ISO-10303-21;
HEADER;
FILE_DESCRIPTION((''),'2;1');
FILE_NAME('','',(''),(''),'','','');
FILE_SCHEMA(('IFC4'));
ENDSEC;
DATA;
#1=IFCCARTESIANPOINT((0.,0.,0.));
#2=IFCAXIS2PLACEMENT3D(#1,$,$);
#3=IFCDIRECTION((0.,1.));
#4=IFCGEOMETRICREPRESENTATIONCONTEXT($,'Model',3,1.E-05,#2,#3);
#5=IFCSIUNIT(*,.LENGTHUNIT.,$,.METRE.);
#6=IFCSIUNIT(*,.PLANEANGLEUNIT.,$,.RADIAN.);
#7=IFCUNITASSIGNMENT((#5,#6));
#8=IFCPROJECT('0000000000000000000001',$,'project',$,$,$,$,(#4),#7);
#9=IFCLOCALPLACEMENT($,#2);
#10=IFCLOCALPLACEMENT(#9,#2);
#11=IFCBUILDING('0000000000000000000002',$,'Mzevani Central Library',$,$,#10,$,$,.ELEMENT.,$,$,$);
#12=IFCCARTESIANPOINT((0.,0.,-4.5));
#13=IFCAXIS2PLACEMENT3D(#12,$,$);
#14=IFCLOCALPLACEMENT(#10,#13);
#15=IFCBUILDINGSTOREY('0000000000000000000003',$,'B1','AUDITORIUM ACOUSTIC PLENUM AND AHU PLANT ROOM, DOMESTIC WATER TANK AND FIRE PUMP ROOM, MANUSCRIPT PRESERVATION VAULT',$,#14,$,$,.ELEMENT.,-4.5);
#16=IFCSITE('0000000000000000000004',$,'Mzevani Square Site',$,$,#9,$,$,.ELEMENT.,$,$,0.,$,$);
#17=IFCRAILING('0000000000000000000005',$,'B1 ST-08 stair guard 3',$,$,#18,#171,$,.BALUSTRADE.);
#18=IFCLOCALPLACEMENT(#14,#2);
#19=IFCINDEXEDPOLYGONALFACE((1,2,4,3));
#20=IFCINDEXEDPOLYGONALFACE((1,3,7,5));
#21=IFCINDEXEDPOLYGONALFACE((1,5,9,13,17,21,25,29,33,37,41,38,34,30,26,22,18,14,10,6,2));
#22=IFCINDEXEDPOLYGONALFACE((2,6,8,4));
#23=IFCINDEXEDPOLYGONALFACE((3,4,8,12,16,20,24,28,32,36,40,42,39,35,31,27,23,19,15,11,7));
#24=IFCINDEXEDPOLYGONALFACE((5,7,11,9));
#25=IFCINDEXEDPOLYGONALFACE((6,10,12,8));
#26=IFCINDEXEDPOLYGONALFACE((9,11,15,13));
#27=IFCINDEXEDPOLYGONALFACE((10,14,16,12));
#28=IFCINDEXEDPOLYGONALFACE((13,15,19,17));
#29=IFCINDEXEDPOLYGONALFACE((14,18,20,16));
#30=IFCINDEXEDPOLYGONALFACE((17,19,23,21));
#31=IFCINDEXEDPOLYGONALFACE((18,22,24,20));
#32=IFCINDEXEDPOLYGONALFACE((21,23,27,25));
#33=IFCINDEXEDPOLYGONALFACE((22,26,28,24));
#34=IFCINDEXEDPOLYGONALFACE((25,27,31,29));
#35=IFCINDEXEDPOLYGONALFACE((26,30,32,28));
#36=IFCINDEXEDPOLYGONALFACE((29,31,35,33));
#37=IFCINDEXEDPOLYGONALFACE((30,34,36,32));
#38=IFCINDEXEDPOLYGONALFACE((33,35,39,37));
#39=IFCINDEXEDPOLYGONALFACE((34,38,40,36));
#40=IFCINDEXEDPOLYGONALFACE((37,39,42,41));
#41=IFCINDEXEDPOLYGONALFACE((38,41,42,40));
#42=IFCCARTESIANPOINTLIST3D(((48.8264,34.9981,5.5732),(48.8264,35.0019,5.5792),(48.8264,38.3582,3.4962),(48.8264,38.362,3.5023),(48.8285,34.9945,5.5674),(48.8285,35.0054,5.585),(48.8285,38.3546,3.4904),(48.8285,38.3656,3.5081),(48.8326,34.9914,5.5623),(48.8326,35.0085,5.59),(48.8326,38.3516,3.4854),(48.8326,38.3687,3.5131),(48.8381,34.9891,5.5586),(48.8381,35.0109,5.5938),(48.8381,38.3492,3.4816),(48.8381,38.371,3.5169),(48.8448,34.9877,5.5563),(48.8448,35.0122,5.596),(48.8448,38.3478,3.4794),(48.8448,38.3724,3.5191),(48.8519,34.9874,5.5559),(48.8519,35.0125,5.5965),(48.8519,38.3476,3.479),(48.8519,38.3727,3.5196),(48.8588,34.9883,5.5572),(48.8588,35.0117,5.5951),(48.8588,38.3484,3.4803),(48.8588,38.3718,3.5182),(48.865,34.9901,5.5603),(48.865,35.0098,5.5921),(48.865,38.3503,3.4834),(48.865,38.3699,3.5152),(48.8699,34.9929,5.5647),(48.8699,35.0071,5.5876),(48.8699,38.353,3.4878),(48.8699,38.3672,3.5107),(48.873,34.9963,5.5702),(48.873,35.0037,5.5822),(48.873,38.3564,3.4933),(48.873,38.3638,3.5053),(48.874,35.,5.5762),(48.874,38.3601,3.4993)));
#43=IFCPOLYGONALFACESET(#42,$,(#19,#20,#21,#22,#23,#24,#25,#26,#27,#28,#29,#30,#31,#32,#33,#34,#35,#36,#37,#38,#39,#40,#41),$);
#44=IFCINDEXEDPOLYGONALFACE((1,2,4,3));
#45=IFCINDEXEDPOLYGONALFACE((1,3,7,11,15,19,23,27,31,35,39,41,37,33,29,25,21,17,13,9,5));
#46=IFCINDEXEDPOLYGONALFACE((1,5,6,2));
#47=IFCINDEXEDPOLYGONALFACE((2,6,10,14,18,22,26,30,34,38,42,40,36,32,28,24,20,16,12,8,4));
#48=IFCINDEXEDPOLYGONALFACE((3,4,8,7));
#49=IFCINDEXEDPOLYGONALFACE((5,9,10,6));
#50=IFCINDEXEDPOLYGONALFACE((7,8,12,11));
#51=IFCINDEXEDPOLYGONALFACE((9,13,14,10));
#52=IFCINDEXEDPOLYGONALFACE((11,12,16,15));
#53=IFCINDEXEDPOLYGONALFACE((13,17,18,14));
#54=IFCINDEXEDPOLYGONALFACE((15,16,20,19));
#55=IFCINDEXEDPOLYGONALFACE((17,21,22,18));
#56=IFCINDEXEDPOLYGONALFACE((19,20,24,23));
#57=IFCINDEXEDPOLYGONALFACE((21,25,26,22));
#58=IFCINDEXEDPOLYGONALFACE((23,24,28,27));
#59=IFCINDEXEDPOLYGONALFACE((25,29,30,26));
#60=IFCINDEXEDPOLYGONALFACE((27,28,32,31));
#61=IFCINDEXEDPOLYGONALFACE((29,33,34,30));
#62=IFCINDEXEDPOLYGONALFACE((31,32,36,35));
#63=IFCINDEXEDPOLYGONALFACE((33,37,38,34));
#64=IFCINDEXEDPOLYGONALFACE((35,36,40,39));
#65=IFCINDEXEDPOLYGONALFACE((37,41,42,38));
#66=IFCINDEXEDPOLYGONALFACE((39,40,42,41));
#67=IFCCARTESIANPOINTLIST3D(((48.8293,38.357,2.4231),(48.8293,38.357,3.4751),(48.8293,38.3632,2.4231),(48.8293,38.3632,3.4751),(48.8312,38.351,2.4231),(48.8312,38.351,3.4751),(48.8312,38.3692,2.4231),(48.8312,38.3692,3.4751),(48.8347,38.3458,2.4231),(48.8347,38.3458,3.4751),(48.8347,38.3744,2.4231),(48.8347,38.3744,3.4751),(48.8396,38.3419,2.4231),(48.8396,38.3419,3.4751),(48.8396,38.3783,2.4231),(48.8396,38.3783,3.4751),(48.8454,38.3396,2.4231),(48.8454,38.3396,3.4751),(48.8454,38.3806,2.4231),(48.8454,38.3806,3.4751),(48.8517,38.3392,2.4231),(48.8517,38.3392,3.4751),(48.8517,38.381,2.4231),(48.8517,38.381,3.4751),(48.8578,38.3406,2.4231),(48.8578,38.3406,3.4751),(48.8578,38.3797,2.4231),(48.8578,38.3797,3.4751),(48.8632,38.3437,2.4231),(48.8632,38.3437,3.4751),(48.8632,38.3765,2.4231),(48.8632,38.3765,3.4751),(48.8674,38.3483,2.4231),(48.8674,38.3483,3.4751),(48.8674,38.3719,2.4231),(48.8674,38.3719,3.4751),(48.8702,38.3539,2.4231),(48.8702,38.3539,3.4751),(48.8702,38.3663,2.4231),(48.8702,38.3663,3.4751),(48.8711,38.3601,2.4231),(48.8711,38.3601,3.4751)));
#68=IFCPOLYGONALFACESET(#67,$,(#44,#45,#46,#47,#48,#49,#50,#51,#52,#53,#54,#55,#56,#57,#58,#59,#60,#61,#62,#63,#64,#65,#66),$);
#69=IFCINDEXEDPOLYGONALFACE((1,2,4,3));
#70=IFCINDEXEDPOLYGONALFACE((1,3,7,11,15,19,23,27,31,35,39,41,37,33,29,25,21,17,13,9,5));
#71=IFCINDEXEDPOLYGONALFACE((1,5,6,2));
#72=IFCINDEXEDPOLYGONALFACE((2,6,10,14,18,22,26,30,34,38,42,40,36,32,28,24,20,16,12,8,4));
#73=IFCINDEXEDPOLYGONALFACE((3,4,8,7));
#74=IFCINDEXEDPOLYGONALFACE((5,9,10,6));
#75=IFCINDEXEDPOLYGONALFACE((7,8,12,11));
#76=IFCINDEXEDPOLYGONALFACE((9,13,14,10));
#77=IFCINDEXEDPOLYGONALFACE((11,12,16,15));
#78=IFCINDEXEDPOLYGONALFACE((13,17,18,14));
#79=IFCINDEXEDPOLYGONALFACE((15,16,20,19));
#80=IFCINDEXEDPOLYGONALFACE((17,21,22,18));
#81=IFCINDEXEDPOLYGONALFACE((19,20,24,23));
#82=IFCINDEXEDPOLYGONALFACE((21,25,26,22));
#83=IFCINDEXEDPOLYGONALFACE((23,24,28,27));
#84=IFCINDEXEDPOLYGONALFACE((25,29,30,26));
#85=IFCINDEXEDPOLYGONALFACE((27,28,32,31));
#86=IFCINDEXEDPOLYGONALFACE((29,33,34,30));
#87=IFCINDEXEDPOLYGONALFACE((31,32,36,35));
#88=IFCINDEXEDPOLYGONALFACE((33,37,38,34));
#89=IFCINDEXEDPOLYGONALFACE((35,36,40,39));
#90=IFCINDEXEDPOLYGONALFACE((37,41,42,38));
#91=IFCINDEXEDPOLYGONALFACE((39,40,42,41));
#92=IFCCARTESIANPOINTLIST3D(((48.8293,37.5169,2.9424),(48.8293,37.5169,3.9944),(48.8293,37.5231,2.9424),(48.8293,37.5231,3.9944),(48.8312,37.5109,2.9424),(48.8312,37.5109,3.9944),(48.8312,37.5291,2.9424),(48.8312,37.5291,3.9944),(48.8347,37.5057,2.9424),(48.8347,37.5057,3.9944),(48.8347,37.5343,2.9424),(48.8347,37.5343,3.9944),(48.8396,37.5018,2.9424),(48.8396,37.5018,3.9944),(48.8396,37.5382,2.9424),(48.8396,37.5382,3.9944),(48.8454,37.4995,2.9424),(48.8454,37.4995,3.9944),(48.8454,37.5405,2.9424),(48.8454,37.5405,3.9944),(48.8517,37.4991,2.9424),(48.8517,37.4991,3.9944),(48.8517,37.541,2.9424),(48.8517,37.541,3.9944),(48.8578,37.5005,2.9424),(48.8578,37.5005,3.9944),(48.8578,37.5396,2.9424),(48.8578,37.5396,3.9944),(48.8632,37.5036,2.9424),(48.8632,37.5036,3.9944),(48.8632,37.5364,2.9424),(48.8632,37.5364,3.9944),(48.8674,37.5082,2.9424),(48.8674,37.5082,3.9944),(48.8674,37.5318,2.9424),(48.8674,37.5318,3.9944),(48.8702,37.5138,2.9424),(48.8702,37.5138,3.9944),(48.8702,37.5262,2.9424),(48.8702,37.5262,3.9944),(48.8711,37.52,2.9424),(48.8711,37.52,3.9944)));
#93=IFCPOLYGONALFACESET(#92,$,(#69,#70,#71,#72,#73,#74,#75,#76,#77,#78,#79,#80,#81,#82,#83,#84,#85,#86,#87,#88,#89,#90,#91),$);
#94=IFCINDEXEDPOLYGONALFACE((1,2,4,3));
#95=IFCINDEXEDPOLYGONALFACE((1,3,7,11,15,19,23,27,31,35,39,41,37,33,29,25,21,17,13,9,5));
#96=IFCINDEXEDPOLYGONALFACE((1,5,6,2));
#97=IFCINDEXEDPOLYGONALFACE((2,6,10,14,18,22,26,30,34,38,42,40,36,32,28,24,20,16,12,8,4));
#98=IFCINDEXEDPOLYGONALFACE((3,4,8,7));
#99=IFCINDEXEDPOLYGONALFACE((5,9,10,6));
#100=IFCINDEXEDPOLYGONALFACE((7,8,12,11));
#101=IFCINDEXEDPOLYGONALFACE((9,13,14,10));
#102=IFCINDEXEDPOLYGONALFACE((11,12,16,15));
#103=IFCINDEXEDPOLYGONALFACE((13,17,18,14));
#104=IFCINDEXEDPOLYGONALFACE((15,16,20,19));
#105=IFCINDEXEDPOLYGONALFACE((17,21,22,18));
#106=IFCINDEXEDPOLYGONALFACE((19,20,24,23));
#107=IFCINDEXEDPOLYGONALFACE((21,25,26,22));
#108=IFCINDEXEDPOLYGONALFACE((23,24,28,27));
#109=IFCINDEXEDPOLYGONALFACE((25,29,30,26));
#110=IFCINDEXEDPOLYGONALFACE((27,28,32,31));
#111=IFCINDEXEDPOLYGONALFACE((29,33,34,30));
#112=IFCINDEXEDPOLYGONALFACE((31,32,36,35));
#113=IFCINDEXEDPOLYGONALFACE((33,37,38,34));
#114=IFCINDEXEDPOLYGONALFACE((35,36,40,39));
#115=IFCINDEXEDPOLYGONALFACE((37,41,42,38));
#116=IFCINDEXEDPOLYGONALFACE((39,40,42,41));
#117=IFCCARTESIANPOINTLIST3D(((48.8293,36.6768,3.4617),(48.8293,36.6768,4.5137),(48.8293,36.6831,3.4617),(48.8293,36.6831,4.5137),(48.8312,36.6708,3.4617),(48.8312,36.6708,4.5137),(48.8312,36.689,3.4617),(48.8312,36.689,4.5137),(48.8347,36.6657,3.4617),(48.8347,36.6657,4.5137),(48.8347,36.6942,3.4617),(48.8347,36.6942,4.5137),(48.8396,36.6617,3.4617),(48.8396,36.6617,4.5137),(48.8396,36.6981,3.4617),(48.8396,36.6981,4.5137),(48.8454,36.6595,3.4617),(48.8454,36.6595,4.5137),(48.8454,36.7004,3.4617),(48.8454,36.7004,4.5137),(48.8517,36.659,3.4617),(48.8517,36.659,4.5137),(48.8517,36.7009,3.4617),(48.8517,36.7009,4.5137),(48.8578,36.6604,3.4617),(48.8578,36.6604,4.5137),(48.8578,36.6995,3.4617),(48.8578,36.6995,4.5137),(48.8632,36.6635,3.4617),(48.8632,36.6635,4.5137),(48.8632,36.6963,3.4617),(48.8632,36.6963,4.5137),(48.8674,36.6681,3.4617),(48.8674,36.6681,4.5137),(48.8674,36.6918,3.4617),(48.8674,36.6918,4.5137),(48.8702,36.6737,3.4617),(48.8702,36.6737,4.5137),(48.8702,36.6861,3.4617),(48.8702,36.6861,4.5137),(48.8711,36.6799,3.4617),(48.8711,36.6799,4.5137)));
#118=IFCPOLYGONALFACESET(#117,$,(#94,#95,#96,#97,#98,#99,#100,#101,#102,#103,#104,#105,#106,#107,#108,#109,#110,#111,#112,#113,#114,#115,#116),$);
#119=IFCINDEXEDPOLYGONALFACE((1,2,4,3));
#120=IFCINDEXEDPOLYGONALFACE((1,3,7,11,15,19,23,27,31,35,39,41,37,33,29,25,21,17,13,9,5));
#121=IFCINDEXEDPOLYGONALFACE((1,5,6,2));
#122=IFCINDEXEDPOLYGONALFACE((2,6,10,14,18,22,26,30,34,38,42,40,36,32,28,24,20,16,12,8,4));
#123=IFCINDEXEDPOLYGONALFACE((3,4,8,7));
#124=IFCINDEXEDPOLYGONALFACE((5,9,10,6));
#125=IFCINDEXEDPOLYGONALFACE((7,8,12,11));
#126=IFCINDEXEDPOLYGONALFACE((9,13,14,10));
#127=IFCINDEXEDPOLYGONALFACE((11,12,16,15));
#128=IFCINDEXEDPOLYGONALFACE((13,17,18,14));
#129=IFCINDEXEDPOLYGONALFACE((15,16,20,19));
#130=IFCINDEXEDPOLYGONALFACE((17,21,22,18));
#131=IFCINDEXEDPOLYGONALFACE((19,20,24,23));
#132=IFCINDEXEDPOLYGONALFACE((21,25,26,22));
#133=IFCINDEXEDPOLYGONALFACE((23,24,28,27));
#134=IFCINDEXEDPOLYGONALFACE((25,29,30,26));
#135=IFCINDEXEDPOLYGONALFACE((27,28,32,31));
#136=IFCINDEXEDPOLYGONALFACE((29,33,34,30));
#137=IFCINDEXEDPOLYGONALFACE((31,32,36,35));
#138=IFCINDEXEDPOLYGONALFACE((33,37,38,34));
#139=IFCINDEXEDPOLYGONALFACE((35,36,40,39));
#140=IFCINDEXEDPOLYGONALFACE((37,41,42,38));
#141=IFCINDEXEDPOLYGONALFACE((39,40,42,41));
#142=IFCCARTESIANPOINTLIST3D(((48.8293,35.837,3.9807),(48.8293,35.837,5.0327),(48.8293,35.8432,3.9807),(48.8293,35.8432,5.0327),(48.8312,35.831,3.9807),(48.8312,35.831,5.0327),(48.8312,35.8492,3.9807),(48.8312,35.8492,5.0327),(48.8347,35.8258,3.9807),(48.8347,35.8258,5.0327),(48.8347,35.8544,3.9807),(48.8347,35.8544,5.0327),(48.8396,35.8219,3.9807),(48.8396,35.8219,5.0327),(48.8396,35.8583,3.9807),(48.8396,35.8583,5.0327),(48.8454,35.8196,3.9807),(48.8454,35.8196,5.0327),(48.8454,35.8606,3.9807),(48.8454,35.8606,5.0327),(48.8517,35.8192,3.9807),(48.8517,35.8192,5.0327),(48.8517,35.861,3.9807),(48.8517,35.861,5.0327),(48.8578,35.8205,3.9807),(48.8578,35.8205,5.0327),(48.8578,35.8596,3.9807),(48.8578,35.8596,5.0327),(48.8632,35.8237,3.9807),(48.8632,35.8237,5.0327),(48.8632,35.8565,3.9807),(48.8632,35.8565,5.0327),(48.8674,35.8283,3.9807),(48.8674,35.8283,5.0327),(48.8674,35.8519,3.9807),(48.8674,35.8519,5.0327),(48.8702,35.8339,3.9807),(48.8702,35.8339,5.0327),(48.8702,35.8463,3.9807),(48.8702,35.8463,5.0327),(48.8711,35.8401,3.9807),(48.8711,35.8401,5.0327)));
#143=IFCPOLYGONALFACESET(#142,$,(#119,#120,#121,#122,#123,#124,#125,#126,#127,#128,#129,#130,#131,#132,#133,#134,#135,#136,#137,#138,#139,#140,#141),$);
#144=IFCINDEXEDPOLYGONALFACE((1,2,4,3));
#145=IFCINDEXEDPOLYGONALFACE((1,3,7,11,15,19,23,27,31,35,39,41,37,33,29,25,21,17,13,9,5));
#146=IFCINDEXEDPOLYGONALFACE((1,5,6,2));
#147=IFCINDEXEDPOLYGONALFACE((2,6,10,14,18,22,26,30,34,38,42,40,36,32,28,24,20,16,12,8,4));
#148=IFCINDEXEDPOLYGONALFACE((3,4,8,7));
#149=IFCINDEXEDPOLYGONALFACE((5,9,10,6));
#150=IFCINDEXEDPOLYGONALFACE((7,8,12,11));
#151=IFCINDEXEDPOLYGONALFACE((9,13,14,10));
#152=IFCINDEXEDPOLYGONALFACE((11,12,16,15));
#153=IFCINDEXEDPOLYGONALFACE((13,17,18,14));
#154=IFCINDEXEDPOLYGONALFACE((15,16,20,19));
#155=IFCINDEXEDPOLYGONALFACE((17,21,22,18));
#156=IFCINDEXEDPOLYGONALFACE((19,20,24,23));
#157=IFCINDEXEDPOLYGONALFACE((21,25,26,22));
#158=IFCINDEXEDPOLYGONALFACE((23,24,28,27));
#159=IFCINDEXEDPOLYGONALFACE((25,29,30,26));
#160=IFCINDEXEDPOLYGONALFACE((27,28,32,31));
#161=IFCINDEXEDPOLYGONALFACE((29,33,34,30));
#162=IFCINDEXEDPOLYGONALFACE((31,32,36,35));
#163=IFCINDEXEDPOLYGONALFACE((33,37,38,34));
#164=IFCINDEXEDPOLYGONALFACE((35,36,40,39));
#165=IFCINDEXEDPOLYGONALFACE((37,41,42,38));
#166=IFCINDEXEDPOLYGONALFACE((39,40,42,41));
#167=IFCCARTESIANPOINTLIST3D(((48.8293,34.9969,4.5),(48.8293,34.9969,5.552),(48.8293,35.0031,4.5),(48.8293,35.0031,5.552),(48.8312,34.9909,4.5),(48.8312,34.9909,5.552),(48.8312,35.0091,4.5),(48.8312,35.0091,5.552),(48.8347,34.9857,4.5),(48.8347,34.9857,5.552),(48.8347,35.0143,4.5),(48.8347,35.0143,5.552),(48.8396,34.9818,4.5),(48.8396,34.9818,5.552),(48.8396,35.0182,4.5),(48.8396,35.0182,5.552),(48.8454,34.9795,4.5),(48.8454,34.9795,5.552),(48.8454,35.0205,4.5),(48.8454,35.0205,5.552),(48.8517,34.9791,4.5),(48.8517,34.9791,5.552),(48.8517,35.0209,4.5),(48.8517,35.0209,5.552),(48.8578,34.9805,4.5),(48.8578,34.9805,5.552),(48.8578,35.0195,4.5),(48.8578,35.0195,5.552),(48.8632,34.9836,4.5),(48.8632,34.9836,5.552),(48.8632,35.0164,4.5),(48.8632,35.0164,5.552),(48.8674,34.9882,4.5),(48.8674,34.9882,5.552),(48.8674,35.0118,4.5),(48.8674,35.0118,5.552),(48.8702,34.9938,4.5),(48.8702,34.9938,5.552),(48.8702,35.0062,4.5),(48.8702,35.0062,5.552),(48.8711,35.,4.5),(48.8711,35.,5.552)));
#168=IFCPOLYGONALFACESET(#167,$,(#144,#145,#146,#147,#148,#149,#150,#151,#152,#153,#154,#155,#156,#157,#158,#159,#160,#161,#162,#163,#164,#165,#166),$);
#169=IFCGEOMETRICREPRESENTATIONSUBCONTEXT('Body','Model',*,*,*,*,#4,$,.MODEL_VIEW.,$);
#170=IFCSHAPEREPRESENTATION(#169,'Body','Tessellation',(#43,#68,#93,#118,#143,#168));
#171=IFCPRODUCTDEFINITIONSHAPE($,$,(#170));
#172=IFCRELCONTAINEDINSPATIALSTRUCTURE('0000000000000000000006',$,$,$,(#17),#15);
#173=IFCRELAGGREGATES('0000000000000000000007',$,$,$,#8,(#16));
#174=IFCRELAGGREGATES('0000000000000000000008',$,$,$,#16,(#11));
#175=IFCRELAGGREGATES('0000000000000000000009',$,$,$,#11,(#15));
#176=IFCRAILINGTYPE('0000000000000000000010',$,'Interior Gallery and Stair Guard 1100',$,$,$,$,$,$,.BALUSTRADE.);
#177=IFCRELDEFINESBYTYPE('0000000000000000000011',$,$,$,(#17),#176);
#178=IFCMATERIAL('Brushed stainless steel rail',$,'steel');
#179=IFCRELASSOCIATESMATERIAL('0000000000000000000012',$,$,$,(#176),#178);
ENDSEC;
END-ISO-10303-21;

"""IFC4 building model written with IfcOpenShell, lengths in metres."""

from ifc_helpers import new_model, si_unit, direction, frame, origin, origin_2d, place, context, subcontext, project, spatial, circle, extrude, material, type_object, element, save


model = new_model("IFC4")

# Units and contexts
model_context = context("Model", 3, precision=1e-05, world=origin(), true_north=direction((0.0, 1.0)))
body_context = subcontext(model_context, "Body", "Model", "MODEL_VIEW")
ifc_project = project(units=[si_unit("LENGTHUNIT", "METRE"), si_unit("PLANEANGLEUNIT", "RADIAN")], contexts=[model_context])

# Site, building, storey
site_placement = place(None, origin())
site = spatial("IfcSite", under=ifc_project, at=site_placement, Name="Mzevani Square Site", CompositionType="ELEMENT", RefElevation=0.0)
building_placement = place(site_placement, origin())
building = spatial("IfcBuilding", under=site, at=building_placement, Name="Mzevani Central Library", CompositionType="ELEMENT")
storey_placement = place(building_placement, frame((0.0, 0.0, -4.5)))
storey = spatial("IfcBuildingStorey", under=building, at=storey_placement, Name="B1", Description="AUDITORIUM ACOUSTIC PLENUM AND AHU PLANT ROOM, DOMESTIC WATER TANK AND FIRE PUMP ROOM, MANUSCRIPT PRESERVATION VAULT", CompositionType="ELEMENT", Elevation=-4.5)

# Railing
ifc_material_1 = material(Name="Brushed stainless steel rail", Category="steel")
railing_type_1 = type_object("IfcRailingType", Name="Interior Gallery and Stair Guard 1100", PredefinedType="BALUSTRADE", material=ifc_material_1)
railing_1_placement = place(storey_placement, frame((48.8501, 38.3601, 2.4231)))
element("IfcRailing", 1, at=railing_1_placement, inside=storey, type_object=railing_type_1, Name="B1 ST-08 stair guard 3", PredefinedType="BALUSTRADE", context=body_context, shape_type="SweptSolid", body=[
    extrude(circle(Radius=0.0239, at=origin_2d()), frame((0.0, 0.0, 1.0762), z_axis=(0.0, -0.850623, 0.525776), x_axis=(1.0, 0.0, 0.0)), (0.0, 0.0, 1.0), 3.9502),
    extrude(circle(Radius=0.021, at=origin_2d()), origin(), (0.0, 0.0, 1.0), 1.052),
    extrude(circle(Radius=0.021, at=origin_2d()), frame((0.0, -0.8401, 0.5193)), (0.0, 0.0, 1.0), 1.052),
    extrude(circle(Radius=0.021, at=origin_2d()), frame((0.0, -1.6802, 1.0386)), (0.0, 0.0, 1.0), 1.052),
    extrude(circle(Radius=0.021, at=origin_2d()), frame((0.0, -2.52, 1.5576)), (0.0, 0.0, 1.0), 1.052),
    extrude(circle(Radius=0.021, at=origin_2d()), frame((0.0, -3.3601, 2.0769)), (0.0, 0.0, 1.0), 1.052),
])

save(model, "model.ifc")
